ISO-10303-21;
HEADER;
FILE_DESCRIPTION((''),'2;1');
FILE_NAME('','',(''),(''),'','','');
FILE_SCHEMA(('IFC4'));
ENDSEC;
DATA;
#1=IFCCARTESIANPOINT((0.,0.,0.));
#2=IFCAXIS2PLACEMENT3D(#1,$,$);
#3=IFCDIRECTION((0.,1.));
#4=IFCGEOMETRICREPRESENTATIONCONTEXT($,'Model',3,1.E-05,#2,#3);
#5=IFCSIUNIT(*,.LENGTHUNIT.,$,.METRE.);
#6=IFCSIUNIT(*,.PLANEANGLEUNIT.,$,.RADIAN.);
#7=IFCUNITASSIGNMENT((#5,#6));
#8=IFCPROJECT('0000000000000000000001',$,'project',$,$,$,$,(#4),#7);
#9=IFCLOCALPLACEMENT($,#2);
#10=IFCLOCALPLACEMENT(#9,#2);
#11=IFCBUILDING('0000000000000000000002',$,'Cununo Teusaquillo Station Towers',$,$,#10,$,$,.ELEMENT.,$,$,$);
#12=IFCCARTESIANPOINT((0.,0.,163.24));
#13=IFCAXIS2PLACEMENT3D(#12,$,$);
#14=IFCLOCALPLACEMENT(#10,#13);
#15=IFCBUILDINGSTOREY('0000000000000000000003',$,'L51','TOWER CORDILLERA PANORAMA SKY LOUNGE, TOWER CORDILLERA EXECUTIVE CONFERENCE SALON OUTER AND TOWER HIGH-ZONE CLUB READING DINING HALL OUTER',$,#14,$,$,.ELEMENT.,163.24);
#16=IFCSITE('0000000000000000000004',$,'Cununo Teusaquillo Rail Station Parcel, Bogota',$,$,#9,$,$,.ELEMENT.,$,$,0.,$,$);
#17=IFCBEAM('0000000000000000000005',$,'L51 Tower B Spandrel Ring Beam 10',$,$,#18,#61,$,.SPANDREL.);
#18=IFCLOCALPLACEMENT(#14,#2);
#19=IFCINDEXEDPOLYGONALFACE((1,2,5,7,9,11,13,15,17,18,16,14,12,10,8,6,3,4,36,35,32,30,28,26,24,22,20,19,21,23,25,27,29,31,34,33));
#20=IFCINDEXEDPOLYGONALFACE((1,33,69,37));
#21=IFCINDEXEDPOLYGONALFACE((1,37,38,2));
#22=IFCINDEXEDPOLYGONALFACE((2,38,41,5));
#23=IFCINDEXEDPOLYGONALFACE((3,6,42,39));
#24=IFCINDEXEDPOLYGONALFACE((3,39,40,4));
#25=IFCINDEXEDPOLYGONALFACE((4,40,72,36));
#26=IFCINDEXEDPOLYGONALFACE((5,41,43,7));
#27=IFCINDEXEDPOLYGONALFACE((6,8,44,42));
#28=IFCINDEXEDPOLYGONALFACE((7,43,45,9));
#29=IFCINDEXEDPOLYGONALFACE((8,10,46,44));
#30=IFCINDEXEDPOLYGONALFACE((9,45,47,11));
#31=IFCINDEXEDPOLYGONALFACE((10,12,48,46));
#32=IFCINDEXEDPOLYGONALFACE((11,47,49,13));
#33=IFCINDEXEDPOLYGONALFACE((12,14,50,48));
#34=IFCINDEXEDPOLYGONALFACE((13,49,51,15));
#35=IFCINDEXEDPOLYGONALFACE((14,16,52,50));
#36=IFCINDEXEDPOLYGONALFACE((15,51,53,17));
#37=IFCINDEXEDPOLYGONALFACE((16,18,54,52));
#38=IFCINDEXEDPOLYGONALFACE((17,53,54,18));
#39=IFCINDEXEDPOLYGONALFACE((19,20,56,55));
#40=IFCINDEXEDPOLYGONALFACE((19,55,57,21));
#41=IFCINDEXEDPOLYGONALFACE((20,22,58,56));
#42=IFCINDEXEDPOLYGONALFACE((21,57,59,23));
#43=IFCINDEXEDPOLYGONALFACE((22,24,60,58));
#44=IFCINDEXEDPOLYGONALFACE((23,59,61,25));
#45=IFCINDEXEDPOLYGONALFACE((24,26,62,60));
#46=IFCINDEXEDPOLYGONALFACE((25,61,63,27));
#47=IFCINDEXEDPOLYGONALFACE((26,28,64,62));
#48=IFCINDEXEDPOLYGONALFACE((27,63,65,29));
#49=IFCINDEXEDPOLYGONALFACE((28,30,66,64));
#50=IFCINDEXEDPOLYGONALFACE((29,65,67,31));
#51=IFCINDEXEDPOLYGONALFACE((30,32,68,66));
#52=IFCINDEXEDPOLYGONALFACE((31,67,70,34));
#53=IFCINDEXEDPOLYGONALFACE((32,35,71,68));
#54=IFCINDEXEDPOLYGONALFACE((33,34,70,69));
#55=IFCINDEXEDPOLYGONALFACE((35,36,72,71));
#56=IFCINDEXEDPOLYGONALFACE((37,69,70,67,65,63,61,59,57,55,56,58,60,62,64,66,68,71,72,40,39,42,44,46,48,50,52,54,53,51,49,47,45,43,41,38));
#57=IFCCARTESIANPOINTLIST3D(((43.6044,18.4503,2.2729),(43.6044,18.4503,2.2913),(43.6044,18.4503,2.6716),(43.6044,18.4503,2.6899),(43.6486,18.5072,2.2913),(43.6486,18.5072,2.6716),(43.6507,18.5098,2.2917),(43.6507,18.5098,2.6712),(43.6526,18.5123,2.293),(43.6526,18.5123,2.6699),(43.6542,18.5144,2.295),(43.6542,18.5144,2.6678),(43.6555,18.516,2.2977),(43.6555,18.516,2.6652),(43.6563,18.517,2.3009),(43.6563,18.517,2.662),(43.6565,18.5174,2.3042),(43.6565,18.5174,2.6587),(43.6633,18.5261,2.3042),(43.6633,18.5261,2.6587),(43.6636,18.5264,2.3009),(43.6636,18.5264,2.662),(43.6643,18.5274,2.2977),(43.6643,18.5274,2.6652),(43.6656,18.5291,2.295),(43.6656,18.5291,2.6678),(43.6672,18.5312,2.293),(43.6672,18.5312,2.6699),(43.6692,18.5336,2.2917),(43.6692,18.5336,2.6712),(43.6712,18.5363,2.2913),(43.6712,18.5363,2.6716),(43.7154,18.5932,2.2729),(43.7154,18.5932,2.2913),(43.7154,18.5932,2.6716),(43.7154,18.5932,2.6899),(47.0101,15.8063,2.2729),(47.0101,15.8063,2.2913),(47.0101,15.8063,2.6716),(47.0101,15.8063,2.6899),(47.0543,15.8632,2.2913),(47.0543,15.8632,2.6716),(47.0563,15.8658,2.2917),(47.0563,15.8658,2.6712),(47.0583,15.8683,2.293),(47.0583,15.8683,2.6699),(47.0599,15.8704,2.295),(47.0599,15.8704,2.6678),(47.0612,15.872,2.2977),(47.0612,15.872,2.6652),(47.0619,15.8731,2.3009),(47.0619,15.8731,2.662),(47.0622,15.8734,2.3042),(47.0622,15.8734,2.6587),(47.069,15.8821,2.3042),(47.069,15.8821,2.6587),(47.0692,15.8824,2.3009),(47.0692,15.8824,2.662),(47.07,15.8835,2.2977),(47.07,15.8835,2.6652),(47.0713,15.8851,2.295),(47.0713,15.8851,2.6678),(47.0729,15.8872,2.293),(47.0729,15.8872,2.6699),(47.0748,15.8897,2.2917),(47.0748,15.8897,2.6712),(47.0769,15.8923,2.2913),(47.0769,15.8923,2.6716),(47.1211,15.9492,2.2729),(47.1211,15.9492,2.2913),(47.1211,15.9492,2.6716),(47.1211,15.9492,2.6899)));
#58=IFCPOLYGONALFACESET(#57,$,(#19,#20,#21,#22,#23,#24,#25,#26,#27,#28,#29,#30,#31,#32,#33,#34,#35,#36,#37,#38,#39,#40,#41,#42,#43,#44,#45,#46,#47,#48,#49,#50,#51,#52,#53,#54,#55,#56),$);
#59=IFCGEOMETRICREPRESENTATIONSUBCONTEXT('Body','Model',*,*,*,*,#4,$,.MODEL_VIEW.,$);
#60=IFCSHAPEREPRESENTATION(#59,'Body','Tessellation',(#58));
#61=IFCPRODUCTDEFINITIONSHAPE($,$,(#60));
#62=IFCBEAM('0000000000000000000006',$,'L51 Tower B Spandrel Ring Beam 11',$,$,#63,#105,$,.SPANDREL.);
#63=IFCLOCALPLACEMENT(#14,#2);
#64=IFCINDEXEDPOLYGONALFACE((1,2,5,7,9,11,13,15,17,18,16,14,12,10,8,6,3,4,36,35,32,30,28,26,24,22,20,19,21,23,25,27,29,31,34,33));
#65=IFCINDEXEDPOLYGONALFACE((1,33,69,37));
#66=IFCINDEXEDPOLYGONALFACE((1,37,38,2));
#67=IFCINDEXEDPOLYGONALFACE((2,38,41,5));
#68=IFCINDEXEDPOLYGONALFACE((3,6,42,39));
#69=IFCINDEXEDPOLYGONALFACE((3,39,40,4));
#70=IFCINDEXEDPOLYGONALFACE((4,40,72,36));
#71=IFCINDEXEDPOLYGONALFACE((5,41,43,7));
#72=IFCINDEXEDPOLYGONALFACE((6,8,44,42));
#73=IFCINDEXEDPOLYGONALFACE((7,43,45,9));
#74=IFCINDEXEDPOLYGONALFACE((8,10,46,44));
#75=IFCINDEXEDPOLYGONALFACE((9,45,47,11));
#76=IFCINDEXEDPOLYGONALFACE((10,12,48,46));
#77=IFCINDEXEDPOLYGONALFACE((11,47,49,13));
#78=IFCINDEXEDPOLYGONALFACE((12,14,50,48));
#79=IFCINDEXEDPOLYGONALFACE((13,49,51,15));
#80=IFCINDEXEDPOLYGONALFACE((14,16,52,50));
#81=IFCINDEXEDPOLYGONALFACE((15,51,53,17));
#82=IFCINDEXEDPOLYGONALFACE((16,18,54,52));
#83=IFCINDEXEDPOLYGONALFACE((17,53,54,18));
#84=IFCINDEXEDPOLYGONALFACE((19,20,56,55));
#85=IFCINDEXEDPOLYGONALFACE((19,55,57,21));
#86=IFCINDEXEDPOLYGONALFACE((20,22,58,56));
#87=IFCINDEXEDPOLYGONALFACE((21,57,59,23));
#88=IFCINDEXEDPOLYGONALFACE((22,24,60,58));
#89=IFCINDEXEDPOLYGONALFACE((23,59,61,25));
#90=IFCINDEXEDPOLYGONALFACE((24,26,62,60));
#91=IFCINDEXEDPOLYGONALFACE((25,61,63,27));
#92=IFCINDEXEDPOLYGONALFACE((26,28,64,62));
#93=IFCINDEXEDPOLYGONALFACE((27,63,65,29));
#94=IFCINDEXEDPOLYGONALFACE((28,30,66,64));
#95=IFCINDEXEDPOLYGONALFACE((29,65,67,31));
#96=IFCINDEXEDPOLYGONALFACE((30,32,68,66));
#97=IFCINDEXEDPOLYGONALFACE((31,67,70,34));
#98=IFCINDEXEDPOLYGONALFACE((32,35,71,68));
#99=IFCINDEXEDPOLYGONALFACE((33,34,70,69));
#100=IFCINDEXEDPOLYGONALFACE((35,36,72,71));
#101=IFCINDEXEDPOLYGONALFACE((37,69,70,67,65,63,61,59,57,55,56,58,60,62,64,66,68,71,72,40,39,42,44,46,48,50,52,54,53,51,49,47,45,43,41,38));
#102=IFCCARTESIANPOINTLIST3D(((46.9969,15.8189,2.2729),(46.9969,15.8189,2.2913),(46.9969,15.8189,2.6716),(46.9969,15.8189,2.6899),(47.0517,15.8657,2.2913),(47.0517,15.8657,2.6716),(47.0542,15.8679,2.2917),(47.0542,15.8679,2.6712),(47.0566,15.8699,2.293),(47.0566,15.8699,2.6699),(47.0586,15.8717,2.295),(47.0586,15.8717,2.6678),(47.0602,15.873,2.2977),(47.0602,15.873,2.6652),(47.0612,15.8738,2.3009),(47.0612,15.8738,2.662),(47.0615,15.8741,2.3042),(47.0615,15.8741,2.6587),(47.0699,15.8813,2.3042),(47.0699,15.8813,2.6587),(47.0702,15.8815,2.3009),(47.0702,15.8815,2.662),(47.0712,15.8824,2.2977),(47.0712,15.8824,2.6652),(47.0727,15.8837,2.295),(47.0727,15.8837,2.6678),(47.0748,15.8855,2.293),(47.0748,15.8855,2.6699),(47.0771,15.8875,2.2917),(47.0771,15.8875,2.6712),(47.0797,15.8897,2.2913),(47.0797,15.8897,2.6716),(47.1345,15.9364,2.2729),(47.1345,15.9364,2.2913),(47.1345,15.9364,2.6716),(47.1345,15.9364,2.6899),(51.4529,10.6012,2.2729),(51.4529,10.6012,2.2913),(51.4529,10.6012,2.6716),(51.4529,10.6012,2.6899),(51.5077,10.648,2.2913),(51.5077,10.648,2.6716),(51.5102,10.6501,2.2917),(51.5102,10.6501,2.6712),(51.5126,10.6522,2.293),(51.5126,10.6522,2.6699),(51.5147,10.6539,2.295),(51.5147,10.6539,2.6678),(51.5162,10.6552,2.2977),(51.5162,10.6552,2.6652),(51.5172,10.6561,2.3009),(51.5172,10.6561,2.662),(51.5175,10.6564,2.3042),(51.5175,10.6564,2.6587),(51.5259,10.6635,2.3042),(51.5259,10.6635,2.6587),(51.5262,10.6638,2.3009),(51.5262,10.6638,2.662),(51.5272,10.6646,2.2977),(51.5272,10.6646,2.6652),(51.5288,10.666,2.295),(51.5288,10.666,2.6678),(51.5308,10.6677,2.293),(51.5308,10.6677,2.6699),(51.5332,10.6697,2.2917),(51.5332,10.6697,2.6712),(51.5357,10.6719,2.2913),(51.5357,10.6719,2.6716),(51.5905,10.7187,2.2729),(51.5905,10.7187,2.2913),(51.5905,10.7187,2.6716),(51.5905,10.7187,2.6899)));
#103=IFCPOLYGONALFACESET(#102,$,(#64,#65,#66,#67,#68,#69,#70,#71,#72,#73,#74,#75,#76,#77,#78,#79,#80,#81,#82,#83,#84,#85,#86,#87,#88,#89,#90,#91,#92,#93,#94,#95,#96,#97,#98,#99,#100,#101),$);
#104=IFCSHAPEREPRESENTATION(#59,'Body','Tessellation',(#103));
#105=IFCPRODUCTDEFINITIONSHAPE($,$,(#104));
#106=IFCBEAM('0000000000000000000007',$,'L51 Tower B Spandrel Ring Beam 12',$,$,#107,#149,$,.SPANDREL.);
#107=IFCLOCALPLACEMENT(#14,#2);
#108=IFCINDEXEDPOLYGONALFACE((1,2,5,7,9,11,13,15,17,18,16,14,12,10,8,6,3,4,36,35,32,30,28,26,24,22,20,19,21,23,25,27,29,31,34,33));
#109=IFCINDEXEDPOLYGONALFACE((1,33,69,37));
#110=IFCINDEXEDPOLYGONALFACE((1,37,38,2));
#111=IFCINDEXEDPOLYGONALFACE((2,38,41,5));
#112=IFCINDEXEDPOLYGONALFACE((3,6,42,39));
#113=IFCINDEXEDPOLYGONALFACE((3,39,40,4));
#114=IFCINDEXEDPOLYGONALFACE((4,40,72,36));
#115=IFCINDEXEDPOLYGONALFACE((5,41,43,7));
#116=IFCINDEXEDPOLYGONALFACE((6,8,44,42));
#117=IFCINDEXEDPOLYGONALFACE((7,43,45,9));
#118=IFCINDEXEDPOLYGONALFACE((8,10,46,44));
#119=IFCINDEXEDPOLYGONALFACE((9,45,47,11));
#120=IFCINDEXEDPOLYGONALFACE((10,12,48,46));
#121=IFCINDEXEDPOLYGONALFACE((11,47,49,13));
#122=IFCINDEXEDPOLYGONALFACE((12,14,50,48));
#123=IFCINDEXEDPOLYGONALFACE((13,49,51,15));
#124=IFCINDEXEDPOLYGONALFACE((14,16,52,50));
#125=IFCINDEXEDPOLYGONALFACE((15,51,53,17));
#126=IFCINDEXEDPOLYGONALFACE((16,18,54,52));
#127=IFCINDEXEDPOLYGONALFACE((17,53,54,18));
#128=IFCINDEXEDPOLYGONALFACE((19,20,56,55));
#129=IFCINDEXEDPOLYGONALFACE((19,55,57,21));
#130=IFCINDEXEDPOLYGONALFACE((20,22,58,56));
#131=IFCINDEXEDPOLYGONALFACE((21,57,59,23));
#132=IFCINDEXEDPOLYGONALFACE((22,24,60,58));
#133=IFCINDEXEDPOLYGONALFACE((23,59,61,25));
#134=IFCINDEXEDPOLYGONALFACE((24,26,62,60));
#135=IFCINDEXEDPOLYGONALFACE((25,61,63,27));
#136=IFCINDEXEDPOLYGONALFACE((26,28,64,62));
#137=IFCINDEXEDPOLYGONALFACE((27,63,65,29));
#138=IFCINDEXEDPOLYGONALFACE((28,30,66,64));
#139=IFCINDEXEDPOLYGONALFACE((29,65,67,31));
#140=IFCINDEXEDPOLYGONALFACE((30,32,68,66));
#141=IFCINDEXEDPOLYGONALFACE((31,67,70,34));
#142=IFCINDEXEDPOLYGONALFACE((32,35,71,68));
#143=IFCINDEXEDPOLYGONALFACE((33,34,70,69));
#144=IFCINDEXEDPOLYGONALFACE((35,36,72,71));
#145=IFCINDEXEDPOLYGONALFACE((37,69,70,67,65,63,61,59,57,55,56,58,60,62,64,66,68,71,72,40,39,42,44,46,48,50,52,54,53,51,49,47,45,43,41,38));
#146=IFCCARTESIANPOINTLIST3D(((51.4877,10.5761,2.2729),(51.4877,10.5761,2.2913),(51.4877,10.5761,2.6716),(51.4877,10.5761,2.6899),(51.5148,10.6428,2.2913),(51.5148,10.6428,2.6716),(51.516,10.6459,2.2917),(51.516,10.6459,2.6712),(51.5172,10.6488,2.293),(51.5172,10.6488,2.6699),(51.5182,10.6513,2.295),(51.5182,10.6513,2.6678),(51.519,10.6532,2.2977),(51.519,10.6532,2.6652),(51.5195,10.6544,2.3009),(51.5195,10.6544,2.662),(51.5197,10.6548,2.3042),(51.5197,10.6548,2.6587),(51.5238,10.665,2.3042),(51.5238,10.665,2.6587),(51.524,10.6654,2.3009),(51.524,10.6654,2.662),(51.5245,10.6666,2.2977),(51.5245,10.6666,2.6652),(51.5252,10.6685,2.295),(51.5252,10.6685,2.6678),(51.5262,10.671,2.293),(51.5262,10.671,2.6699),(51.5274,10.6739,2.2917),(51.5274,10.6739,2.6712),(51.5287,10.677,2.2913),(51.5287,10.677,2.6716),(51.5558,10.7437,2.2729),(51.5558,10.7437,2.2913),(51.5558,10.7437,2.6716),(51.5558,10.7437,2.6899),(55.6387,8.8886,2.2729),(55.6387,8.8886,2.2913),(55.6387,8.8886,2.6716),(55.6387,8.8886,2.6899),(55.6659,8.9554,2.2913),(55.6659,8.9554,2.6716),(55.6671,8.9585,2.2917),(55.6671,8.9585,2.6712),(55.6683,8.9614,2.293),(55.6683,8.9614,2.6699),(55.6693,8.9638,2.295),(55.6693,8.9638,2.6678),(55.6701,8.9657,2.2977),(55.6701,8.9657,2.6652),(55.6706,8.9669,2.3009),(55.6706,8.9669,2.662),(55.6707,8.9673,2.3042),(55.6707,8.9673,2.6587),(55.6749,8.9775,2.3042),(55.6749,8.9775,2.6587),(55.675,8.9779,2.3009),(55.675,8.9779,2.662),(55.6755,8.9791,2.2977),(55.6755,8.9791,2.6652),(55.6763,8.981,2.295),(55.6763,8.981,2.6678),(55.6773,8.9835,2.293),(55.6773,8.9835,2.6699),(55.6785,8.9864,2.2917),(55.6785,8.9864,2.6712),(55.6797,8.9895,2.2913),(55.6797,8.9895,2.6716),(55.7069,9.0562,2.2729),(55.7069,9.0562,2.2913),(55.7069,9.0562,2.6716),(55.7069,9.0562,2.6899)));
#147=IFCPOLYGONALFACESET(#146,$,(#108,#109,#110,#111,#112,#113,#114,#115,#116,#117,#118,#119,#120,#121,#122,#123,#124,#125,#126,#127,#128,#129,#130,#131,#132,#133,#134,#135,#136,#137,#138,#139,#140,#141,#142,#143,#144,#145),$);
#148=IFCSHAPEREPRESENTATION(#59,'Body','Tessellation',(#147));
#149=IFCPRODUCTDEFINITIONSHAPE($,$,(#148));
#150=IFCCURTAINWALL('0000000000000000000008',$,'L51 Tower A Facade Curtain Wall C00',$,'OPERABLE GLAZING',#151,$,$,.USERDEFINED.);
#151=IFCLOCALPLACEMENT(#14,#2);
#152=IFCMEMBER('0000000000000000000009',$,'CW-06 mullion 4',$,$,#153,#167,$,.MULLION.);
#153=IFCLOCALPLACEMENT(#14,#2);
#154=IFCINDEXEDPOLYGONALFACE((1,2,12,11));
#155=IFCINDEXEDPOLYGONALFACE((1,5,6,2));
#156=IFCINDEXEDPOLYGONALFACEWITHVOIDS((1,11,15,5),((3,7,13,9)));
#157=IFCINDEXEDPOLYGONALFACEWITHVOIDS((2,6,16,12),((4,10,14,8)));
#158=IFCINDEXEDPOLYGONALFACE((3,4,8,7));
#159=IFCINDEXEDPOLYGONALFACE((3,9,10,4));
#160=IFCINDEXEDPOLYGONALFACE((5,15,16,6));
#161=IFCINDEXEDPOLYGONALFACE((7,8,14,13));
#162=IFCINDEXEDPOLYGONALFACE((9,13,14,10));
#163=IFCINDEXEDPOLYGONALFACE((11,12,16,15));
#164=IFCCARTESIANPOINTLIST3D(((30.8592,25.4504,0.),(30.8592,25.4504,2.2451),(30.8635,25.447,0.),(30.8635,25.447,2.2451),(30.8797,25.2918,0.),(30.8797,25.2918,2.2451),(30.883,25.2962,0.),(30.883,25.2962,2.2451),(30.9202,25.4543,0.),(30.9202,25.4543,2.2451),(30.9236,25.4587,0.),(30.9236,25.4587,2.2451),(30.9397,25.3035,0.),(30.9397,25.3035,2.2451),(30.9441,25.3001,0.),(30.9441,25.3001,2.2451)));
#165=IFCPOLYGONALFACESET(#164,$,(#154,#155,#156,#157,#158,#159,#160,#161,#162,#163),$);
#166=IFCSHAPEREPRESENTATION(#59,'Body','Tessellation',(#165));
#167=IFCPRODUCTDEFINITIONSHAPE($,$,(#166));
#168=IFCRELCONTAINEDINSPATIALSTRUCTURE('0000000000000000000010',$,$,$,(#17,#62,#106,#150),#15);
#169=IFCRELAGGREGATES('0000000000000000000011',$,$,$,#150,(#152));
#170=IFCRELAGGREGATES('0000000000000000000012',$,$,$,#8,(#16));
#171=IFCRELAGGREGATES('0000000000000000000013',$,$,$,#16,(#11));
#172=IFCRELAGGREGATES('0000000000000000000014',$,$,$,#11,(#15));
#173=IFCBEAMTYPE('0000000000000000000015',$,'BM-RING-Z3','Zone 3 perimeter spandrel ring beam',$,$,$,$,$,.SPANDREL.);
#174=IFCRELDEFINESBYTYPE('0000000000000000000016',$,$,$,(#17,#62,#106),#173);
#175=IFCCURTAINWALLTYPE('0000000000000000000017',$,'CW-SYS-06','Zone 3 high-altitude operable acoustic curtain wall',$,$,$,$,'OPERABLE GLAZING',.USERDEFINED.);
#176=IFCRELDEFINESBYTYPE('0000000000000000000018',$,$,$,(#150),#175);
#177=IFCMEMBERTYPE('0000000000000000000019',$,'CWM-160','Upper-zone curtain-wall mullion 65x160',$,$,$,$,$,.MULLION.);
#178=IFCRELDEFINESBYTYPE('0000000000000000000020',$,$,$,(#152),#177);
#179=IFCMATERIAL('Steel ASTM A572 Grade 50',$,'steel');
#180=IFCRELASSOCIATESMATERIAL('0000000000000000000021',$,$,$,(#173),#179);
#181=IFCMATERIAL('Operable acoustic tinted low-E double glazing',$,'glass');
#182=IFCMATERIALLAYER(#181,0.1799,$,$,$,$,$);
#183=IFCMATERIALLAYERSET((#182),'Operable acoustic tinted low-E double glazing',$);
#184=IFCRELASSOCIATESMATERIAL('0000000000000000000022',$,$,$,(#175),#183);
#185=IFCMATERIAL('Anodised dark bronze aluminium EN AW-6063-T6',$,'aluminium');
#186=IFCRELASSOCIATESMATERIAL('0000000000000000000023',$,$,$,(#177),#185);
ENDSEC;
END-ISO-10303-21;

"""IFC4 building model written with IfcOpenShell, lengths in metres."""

from ifc_helpers import new_model, si_unit, direction, frame, origin, origin_2d, place, context, subcontext, project, spatial, hollow_rectangle, i_section, extrude, material, layer, layer_set, material_profile, profile_set, type_object, element, aggregate, save


model = new_model("IFC4")

# Units and contexts
model_context = context("Model", 3, precision=1e-05, world=origin(), true_north=direction((0.0, 1.0)))
body_context = subcontext(model_context, "Body", "Model", "MODEL_VIEW")
ifc_project = project(units=[si_unit("LENGTHUNIT", "METRE"), si_unit("PLANEANGLEUNIT", "RADIAN")], contexts=[model_context])

# Site, building, storey
site_placement = place(None, origin())
site = spatial("IfcSite", under=ifc_project, at=site_placement, Name="Cununo Teusaquillo Rail Station Parcel, Bogota", CompositionType="ELEMENT", RefElevation=0.0)
building_placement = place(site_placement, origin())
building = spatial("IfcBuilding", under=site, at=building_placement, Name="Cununo Teusaquillo Station Towers", CompositionType="ELEMENT")
storey_placement = place(building_placement, frame((0.0, 0.0, 163.24)))
storey = spatial("IfcBuildingStorey", under=building, at=storey_placement, Name="L51", Description="TOWER CORDILLERA PANORAMA SKY LOUNGE, TOWER CORDILLERA EXECUTIVE CONFERENCE SALON OUTER AND TOWER HIGH-ZONE CLUB READING DINING HALL OUTER", CompositionType="ELEMENT", Elevation=163.24)

# Beams
ifc_material_1 = material(Name="Steel ASTM A572 Grade 50", Category="steel")
ifc_material_profile_1 = material_profile(ifc_material_1, i_section(OverallWidth=0.1809, OverallDepth=0.417, WebThickness=0.011, FlangeThickness=0.0183, FilletRadius=0.0129, at=origin_2d()), Name="W16X57")
ifc_profile_set_1 = profile_set([ifc_material_profile_1], Name="Steel ASTM A572 Grade 50")
beam_type_1 = type_object("IfcBeamType", Name="BM-RING-Z3", Description="Zone 3 perimeter spandrel ring beam", PredefinedType="SPANDREL", material=ifc_profile_set_1)
beam_1_placement = place(storey_placement, frame((43.6599, 18.5217, 2.4814), z_axis=(0.789901, -0.613235, 0.0), x_axis=(0.613235, 0.789901, 0.0)))
element("IfcBeam", 1, at=beam_1_placement, inside=storey, type_object=beam_type_1, Name="L51 Tower B Spandrel Ring Beam 10", PredefinedType="SPANDREL", context=body_context, shape_type="SweptSolid", body=[
    extrude(i_section(OverallWidth=0.1809, OverallDepth=0.417, WebThickness=0.011, FlangeThickness=0.0183, FilletRadius=0.0129, at=origin_2d()), origin(), (0.0, 0.0, 1.0), 4.3115),
])
beam_2_placement = place(storey_placement, frame((47.0657, 15.8777, 2.4814), z_axis=(0.649419, -0.760431, 0.0), x_axis=(0.760431, 0.649419, 0.0)))
element("IfcBeam", 2, at=beam_2_placement, inside=storey, type_object=beam_type_1, Name="L51 Tower B Spandrel Ring Beam 11", PredefinedType="SPANDREL", context=body_context, shape_type="SweptSolid", body=[
    extrude(i_section(OverallWidth=0.1809, OverallDepth=0.417, WebThickness=0.011, FlangeThickness=0.0183, FilletRadius=0.0129, at=origin_2d()), origin(), (0.0, 0.0, 1.0), 6.8616),
])
beam_3_placement = place(storey_placement, frame((51.5217, 10.6599, 2.4814), z_axis=(0.92638, -0.376589, 0.0), x_axis=(0.376589, 0.92638, 0.0)))
element("IfcBeam", 3, at=beam_3_placement, inside=storey, type_object=beam_type_1, Name="L51 Tower B Spandrel Ring Beam 12", PredefinedType="SPANDREL", context=body_context, shape_type="SweptSolid", body=[
    extrude(i_section(OverallWidth=0.1809, OverallDepth=0.417, WebThickness=0.011, FlangeThickness=0.0183, FilletRadius=0.0129, at=origin_2d()), origin(), (0.0, 0.0, 1.0), 4.481),
])

# Curtain wall, member
ifc_material_2 = material(Name="Operable acoustic tinted low-E double glazing", Category="glass")
ifc_layer_1 = layer(ifc_material_2, 0.1799)
ifc_layer_set_1 = layer_set([ifc_layer_1], Name="Operable acoustic tinted low-E double glazing")
curtain_wall_type = type_object("IfcCurtainWallType", Name="CW-SYS-06", Description="Zone 3 high-altitude operable acoustic curtain wall", ElementType="OPERABLE GLAZING", PredefinedType="USERDEFINED", material=ifc_layer_set_1)
curtain_wall_placement = place(storey_placement, origin())
curtain_wall = element("IfcCurtainWall", 4, at=curtain_wall_placement, inside=storey, type_object=curtain_wall_type, Name="L51 Tower A Facade Curtain Wall C00", ObjectType="OPERABLE GLAZING", PredefinedType="USERDEFINED")
ifc_material_3 = material(Name="Anodised dark bronze aluminium EN AW-6063-T6", Category="aluminium")
ifc_material_profile_2 = material_profile(ifc_material_3, hollow_rectangle(XDim=0.0649, YDim=0.1599, WallThickness=0.0039, at=origin_2d()), Name="CW-MULL-65x160")
ifc_profile_set_2 = profile_set([ifc_material_profile_2], Name="Anodised dark bronze aluminium EN AW-6063-T6")
member_type_1 = type_object("IfcMemberType", Name="CWM-160", Description="Upper-zone curtain-wall mullion 65x160", PredefinedType="MULLION", material=ifc_profile_set_2)
member_1_placement = place(storey_placement, frame((30.9016, 25.3752, 0.0), z_axis=(0.0, 0.0, 1.0), x_axis=(0.991736, 0.128293, 0.0)))
member_1 = element("IfcMember", 5, at=member_1_placement, type_object=member_type_1, Name="CW-06 mullion 4", PredefinedType="MULLION", context=body_context, shape_type="SweptSolid", body=[
    extrude(hollow_rectangle(XDim=0.0649, YDim=0.1599, WallThickness=0.0039, at=origin_2d()), origin(), (0.0, 0.0, 1.0), 2.2451),
])
aggregate(curtain_wall, [member_1])

save(model, "model.ifc")
